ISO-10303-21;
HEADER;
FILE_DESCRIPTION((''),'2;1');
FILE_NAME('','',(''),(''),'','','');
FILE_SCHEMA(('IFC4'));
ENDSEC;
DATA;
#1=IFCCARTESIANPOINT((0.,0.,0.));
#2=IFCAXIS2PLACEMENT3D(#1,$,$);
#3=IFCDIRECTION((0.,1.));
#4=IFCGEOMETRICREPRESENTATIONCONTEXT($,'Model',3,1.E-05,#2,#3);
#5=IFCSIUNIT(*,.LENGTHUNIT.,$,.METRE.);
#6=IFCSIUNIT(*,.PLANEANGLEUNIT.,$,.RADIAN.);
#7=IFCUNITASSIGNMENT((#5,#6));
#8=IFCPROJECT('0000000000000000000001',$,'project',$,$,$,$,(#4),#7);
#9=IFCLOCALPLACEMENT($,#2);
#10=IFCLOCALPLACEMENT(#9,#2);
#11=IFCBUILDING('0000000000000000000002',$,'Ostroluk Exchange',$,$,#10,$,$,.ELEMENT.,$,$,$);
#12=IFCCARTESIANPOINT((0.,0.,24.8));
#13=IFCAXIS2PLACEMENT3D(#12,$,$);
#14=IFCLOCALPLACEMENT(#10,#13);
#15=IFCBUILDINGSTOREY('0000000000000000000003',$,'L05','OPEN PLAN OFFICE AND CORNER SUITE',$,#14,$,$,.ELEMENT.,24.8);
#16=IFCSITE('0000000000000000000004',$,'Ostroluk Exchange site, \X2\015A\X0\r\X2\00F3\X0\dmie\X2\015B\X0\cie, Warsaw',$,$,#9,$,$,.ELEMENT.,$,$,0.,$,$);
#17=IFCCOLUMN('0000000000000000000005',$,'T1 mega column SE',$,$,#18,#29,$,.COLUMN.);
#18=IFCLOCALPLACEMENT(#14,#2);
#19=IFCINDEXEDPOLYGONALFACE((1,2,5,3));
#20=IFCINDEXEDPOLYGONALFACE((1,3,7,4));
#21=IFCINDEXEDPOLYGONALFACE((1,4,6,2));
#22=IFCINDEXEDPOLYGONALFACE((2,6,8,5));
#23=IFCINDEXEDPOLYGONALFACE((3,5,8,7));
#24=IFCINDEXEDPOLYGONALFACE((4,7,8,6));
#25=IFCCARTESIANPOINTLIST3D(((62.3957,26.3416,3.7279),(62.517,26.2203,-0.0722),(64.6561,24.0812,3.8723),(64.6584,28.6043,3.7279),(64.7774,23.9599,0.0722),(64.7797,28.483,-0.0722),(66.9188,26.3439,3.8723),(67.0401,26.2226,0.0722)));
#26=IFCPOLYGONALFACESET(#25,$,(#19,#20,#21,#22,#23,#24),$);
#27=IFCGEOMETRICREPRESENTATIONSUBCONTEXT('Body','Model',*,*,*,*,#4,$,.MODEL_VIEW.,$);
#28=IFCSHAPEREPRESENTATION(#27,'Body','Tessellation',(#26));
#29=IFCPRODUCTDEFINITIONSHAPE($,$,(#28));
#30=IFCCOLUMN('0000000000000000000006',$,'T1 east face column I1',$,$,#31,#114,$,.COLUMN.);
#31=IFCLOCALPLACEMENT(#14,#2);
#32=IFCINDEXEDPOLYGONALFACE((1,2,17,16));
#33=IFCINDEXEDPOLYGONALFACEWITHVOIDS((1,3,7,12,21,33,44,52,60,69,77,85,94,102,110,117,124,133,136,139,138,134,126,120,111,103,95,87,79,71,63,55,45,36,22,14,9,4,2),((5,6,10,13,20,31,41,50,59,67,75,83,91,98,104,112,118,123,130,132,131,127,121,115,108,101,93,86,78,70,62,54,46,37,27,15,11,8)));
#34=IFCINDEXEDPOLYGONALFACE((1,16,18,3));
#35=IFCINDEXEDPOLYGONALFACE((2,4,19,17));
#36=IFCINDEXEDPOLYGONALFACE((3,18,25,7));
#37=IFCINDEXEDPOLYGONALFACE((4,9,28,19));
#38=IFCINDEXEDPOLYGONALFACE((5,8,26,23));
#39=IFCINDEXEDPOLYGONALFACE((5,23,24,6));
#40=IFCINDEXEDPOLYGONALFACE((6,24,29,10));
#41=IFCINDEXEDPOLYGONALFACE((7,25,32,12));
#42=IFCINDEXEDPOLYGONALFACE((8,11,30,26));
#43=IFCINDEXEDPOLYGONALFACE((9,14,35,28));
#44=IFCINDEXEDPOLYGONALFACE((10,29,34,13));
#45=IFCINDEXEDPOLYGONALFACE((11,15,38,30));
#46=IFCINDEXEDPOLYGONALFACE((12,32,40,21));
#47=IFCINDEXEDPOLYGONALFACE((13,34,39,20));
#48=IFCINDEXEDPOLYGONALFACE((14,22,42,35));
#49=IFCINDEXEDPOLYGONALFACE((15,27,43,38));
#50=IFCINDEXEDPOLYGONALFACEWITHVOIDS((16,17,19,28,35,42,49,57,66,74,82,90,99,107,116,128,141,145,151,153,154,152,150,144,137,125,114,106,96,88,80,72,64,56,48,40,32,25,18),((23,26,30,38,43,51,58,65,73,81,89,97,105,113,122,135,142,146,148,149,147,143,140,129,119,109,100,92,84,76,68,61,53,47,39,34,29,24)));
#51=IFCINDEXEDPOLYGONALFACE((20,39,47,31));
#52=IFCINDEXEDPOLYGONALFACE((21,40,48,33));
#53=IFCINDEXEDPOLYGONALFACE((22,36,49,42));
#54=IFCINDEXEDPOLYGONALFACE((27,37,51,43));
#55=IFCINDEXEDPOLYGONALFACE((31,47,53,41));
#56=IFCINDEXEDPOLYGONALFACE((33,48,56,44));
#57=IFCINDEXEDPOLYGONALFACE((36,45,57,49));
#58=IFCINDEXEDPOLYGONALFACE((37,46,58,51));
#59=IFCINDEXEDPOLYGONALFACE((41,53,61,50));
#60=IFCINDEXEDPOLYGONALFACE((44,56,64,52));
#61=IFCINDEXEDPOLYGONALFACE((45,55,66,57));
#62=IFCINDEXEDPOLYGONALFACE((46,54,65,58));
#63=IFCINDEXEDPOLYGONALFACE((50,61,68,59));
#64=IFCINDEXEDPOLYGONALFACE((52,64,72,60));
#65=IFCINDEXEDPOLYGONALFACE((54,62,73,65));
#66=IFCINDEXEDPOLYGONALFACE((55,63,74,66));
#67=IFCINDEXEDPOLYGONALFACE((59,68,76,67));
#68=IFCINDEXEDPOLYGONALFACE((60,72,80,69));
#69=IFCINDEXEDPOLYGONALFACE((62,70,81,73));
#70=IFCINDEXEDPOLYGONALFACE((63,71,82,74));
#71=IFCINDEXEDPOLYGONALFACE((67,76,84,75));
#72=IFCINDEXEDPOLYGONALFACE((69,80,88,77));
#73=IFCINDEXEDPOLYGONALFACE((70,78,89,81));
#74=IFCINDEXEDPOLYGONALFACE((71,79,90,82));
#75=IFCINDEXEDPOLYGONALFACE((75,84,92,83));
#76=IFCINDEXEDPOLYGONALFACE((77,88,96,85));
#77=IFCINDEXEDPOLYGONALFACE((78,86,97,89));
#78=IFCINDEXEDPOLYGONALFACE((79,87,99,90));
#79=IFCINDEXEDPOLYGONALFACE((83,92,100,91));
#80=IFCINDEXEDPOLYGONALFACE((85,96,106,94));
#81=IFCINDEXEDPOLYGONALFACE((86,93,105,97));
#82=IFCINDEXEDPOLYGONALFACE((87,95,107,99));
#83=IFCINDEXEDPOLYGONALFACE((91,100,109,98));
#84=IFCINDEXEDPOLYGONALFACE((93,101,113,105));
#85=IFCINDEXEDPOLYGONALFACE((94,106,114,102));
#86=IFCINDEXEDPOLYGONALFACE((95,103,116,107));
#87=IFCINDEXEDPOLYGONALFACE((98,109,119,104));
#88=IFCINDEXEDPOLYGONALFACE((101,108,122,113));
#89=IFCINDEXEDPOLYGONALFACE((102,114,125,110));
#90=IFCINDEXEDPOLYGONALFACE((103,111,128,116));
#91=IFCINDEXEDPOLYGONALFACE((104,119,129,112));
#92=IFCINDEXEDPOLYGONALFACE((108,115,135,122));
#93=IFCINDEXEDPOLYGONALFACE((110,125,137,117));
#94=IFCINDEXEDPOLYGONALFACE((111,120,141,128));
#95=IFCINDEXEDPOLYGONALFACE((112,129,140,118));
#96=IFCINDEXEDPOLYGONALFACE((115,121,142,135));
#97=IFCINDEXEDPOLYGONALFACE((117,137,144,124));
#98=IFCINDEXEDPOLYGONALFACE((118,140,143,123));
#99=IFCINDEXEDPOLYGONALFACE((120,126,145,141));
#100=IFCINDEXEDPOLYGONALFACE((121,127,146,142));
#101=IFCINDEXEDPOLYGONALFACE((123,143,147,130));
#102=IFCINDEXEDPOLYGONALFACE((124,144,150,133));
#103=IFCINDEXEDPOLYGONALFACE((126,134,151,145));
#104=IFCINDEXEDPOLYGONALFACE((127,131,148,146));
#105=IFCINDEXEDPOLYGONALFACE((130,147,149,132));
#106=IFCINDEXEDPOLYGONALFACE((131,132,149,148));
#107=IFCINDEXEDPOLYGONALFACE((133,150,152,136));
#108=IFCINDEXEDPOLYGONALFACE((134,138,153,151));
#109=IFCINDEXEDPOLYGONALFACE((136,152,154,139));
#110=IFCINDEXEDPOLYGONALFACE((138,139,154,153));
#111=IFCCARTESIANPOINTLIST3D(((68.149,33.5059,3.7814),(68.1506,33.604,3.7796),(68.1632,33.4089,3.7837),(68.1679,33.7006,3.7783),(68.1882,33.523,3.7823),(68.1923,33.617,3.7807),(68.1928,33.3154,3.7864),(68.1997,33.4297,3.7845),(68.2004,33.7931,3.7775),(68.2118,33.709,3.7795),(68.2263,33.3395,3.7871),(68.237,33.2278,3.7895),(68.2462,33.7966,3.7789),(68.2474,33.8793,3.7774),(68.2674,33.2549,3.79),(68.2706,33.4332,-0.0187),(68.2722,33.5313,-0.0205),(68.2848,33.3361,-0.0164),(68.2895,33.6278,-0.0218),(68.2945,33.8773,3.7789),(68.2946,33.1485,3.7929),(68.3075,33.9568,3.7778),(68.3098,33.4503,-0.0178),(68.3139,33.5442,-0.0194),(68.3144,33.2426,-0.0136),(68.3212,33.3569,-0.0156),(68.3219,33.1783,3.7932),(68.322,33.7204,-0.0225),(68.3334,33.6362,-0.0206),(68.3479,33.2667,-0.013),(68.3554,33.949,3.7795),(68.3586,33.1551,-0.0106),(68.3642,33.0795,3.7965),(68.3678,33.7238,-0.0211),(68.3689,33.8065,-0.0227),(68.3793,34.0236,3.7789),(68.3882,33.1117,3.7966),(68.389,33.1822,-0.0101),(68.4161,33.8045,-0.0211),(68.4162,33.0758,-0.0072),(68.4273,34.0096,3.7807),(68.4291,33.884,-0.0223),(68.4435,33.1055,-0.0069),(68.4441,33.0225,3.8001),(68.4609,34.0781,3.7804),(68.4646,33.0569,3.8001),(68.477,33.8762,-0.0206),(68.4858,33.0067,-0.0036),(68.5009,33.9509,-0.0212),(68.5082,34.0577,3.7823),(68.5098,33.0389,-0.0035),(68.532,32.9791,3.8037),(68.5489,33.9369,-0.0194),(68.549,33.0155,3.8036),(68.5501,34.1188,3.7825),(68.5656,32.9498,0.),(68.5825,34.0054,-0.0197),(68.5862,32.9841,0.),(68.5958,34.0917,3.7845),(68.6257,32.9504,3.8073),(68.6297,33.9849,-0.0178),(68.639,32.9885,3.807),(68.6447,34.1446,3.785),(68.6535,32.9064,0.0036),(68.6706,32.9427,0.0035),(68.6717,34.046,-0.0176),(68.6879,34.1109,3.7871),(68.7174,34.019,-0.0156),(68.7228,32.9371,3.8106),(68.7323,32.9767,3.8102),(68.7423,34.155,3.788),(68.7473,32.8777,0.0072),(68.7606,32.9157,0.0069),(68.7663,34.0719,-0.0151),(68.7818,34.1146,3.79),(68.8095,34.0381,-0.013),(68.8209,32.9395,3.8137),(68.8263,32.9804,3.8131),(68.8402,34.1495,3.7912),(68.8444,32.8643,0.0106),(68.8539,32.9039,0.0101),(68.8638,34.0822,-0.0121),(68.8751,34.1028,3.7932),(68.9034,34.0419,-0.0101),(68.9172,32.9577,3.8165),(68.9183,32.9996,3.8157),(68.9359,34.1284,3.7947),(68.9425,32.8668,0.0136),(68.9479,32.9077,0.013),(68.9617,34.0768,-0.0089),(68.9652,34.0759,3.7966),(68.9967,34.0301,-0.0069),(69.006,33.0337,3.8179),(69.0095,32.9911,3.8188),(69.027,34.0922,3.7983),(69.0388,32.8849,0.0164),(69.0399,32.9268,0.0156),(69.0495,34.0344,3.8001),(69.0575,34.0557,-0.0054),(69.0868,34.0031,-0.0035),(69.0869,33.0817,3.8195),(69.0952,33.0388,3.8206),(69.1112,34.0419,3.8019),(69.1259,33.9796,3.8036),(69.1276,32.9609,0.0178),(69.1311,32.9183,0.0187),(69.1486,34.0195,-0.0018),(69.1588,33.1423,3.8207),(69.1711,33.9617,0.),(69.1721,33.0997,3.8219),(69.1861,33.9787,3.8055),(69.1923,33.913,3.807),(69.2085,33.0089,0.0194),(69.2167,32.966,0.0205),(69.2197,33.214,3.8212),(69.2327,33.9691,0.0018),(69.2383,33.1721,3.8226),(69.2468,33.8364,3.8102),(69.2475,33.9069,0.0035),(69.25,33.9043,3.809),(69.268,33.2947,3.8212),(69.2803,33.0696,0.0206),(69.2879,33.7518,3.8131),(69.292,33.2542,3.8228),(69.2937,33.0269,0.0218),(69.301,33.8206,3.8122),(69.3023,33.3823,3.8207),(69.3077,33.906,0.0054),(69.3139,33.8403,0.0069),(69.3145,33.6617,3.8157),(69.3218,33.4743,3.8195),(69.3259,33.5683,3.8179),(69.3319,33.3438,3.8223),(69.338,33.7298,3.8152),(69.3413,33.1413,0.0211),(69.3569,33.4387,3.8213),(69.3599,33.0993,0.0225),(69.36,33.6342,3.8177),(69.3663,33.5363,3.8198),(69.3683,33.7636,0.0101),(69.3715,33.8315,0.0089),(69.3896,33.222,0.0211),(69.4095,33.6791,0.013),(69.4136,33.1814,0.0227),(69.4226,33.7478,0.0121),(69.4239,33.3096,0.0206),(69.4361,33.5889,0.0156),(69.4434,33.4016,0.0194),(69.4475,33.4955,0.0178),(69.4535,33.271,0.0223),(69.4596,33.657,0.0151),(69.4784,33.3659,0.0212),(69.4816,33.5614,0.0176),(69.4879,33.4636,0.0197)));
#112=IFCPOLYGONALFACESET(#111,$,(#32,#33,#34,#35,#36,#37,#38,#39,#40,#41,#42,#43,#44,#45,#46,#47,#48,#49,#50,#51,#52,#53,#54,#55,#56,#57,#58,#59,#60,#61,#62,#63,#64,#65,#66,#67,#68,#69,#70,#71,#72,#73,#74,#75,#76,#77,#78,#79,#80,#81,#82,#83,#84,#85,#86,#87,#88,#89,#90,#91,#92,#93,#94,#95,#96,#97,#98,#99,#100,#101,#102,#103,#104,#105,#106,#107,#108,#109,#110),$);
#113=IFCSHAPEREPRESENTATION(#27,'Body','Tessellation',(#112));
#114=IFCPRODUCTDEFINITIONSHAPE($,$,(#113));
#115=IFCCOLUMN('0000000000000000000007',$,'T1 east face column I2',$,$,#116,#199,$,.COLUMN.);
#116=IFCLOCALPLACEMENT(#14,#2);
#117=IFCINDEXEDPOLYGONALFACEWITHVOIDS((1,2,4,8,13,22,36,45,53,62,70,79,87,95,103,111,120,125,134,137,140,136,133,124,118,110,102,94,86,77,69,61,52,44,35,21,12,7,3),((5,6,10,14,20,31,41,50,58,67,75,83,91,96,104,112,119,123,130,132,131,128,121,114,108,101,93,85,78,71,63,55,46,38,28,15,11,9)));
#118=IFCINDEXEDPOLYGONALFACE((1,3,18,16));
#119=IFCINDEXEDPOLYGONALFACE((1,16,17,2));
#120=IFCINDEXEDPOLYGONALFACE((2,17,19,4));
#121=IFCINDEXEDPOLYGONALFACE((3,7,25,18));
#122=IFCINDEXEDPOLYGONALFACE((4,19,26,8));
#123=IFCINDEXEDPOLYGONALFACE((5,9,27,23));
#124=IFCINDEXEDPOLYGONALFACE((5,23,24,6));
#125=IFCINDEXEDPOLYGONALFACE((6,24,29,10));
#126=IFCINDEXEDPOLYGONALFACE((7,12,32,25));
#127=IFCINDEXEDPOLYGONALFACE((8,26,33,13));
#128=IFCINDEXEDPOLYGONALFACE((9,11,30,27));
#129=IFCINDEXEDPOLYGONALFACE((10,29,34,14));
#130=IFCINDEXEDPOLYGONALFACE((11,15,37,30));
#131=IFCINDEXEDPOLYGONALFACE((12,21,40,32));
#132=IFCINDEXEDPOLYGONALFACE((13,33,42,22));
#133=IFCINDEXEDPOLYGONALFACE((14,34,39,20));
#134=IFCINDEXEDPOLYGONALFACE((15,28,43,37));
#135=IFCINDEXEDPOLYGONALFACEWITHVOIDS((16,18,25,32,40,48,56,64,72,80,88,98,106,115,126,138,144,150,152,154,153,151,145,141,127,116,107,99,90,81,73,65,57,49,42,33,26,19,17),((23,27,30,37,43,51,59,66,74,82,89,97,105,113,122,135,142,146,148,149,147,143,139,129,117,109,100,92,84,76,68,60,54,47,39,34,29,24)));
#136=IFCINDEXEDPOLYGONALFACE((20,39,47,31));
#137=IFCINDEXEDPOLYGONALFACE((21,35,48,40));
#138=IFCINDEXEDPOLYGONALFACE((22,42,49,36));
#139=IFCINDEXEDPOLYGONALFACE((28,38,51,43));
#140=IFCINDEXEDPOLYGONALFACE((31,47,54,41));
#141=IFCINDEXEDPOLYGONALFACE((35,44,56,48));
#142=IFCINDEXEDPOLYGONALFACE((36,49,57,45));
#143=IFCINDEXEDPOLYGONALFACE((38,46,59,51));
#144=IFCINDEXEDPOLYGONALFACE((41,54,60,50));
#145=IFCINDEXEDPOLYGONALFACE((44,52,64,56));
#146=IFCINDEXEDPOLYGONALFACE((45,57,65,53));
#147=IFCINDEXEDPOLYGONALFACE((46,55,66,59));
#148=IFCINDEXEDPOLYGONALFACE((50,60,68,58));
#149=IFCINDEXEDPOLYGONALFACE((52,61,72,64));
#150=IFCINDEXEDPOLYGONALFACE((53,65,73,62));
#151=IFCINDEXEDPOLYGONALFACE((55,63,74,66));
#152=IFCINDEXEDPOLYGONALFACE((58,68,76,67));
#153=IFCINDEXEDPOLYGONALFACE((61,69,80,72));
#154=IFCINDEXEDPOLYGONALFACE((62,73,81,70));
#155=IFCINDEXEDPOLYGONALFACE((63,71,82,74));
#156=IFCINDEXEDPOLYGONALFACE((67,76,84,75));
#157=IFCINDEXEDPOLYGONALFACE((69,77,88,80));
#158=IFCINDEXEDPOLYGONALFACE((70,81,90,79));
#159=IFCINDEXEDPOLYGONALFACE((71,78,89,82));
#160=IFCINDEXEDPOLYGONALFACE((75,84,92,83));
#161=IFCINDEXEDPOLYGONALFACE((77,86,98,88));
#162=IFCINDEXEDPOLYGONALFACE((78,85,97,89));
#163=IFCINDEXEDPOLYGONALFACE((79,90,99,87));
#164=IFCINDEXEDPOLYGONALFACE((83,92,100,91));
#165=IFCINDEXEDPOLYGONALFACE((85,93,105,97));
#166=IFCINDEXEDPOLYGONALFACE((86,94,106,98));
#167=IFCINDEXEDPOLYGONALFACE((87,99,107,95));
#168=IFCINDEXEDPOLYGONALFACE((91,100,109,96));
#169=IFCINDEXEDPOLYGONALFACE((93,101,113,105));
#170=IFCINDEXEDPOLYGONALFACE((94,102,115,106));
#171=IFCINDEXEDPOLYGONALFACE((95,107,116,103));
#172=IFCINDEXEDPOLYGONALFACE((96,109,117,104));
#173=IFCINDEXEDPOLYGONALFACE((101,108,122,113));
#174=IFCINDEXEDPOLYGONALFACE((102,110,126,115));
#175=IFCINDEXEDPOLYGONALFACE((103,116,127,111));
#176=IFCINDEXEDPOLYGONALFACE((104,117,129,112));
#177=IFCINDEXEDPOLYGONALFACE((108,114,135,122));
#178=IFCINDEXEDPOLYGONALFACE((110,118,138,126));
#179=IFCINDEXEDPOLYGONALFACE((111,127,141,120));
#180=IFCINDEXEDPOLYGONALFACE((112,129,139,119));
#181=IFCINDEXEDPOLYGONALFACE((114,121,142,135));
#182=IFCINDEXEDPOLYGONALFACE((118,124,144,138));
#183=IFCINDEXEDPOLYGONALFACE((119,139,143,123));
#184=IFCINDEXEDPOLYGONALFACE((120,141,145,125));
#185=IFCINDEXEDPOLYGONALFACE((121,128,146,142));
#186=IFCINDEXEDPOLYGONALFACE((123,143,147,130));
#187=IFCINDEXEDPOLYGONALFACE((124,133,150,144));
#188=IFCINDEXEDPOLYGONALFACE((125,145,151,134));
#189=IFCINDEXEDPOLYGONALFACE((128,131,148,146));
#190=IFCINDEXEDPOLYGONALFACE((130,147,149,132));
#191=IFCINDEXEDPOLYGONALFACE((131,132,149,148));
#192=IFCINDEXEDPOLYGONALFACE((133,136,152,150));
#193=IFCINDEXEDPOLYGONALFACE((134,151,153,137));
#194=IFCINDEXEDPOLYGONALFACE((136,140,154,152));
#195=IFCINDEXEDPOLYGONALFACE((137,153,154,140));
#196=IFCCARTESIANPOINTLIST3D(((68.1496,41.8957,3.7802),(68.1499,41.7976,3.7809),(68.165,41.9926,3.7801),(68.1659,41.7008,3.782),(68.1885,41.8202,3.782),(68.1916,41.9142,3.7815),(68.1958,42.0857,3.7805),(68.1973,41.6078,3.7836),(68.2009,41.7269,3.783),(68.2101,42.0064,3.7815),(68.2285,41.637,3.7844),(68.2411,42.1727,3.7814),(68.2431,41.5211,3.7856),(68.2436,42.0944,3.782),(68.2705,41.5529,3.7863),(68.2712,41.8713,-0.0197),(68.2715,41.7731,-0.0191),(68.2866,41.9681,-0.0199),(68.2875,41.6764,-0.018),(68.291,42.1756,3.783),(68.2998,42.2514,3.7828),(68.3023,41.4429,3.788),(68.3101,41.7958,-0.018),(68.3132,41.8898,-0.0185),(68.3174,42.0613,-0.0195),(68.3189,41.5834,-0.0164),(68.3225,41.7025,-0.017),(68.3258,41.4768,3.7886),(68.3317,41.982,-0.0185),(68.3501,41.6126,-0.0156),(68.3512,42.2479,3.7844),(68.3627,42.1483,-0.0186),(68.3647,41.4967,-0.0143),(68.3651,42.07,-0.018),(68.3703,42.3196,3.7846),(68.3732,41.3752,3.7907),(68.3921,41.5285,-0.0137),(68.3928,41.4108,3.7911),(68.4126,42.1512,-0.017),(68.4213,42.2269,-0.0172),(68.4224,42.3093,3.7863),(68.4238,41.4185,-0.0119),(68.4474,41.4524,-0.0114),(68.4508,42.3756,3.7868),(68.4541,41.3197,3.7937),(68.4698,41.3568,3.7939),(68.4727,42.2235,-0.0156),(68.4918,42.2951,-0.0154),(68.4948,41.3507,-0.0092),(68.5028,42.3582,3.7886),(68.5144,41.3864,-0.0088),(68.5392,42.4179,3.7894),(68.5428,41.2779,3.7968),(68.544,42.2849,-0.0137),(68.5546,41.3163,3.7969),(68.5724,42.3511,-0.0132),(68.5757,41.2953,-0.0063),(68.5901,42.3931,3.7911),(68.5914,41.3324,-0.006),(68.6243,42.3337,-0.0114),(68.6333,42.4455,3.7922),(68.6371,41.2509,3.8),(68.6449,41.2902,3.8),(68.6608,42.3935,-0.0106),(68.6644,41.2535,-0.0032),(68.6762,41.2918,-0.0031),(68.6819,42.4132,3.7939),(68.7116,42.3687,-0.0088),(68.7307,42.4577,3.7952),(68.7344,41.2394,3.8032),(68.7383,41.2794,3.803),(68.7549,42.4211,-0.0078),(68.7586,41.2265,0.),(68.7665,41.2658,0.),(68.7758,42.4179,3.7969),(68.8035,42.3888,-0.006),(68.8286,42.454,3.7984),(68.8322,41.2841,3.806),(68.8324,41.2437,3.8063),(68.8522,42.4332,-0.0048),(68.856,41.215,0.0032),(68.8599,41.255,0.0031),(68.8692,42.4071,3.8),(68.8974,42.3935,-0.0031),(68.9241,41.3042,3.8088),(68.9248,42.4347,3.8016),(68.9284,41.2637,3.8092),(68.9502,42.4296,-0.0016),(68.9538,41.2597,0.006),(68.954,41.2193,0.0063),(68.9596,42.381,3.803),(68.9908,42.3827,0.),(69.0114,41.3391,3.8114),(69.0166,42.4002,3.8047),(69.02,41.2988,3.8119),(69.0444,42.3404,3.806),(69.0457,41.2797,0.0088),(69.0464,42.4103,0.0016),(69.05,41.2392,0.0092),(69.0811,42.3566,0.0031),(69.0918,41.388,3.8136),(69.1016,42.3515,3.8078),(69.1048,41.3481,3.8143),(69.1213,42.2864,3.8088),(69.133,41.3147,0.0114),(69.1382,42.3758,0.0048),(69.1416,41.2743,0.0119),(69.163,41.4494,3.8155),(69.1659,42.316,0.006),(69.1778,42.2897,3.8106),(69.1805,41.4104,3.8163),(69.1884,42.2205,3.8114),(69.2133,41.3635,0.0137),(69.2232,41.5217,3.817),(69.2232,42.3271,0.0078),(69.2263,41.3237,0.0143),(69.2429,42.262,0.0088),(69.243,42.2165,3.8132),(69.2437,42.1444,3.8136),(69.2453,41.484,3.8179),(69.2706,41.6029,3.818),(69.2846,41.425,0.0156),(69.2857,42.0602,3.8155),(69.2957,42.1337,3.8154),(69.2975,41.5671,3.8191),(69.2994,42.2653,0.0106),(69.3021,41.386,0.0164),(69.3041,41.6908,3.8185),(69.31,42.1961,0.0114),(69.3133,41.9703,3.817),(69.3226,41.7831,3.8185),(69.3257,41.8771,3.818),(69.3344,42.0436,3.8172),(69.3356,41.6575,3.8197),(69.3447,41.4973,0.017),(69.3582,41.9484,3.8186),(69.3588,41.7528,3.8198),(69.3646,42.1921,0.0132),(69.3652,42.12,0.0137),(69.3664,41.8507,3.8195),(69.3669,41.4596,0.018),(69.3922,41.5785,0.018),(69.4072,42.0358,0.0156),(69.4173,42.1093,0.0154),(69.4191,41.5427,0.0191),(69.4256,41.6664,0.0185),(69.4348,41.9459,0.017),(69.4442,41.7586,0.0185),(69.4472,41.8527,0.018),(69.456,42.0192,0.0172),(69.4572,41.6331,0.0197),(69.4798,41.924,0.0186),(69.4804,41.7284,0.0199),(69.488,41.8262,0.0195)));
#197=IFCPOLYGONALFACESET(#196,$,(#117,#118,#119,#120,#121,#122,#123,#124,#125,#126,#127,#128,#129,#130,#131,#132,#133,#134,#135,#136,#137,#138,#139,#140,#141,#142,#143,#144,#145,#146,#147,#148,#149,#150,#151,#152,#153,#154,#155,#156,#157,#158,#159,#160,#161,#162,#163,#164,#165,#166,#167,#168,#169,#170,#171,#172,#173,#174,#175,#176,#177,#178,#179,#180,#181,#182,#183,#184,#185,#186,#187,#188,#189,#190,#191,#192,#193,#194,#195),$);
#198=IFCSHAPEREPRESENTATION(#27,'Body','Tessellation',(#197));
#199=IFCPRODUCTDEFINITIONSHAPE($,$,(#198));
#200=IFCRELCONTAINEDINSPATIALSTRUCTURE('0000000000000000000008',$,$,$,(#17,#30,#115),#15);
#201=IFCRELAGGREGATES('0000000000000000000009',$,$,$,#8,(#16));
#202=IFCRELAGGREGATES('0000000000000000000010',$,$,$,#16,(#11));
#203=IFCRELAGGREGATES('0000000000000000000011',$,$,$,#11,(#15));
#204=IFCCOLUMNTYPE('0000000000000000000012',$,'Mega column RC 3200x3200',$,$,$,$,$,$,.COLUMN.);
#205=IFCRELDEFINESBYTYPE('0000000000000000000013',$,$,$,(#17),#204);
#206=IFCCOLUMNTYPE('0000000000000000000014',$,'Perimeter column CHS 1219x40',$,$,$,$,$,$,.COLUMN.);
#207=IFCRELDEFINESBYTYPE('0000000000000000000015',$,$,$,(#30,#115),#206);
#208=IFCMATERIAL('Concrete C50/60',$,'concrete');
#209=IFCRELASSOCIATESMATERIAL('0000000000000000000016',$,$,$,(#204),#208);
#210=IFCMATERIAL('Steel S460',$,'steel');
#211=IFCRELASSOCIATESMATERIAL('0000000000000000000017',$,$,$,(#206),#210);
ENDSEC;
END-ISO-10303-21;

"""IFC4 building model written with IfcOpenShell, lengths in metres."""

from ifc_helpers import new_model, si_unit, direction, frame, origin, origin_2d, place, context, subcontext, project, spatial, rectangle, hollow_circle, extrude, material, material_profile, profile_set, type_object, element, save


model = new_model("IFC4")

# Units and contexts
model_context = context("Model", 3, precision=1e-05, world=origin(), true_north=direction((0.0, 1.0)))
body_context = subcontext(model_context, "Body", "Model", "MODEL_VIEW")
ifc_project = project(units=[si_unit("LENGTHUNIT", "METRE"), si_unit("PLANEANGLEUNIT", "RADIAN")], contexts=[model_context])

# Site, building, storey
site_placement = place(None, origin())
site = spatial("IfcSite", under=ifc_project, at=site_placement, Name="Ostroluk Exchange site, Śródmieście, Warsaw", CompositionType="ELEMENT", RefElevation=0.0)
building_placement = place(site_placement, origin())
building = spatial("IfcBuilding", under=site, at=building_placement, Name="Ostroluk Exchange", CompositionType="ELEMENT")
storey_placement = place(building_placement, frame((0.0, 0.0, 24.8)))
storey = spatial("IfcBuildingStorey", under=building, at=storey_placement, Name="L05", Description="OPEN PLAN OFFICE AND CORNER SUITE", CompositionType="ELEMENT", Elevation=24.8)

# Columns
ifc_material_1 = material(Name="Concrete C50/60", Category="concrete")
ifc_material_profile_1 = material_profile(ifc_material_1, rectangle(XDim=3.2, YDim=3.2, at=origin_2d()), Name="RC 3200x3200")
ifc_profile_set_1 = profile_set([ifc_material_profile_1], Name="Concrete C50/60")
column_type_1 = type_object("IfcColumnType", Name="Mega column RC 3200x3200", PredefinedType="COLUMN", material=ifc_profile_set_1)
column_1_placement = place(storey_placement, frame((64.7786, 26.2214, 0.0), z_axis=(-0.031898, 0.031898, 0.998982), x_axis=(-0.707107, -0.707107, 0.0)))
element("IfcColumn", 1, at=column_1_placement, inside=storey, type_object=column_type_1, Name="T1 mega column SE", PredefinedType="COLUMN", context=body_context, shape_type="SweptSolid", body=[
    extrude(rectangle(XDim=3.2, YDim=3.2, at=origin_2d()), origin(), (0.0, 0.0, 1.0), 3.804),
])
ifc_material_2 = material(Name="Steel S460", Category="steel")
ifc_material_profile_2 = material_profile(ifc_material_2, hollow_circle(Radius=0.6096, WallThickness=0.04, at=origin_2d()), Name="CHS 1219x40")
ifc_profile_set_2 = profile_set([ifc_material_profile_2], Name="Steel S460")
column_type_2 = type_object("IfcColumnType", Name="Perimeter column CHS 1219x40", PredefinedType="COLUMN", material=ifc_profile_set_2)
column_2_placement = place(storey_placement, frame((68.8787, 33.4729, 0.0), z_axis=(-0.031973, 0.019132, 0.999306), x_axis=(-0.513482, -0.8581, 0.0)))
element("IfcColumn", 2, at=column_2_placement, inside=storey, type_object=column_type_2, Name="T1 east face column I1", PredefinedType="COLUMN", context=body_context, shape_type="SweptSolid", body=[
    extrude(hollow_circle(Radius=0.6096, WallThickness=0.04, at=origin_2d()), origin(), (0.0, 0.0, 1.0), 3.8027),
])
column_3_placement = place(storey_placement, frame((68.8787, 41.8242, 0.0), z_axis=(-0.031978, 0.006421, 0.999468), x_axis=(-0.196873, -0.980429, 0.0)))
element("IfcColumn", 3, at=column_3_placement, inside=storey, type_object=column_type_2, Name="T1 east face column I2", PredefinedType="COLUMN", context=body_context, shape_type="SweptSolid", body=[
    extrude(hollow_circle(Radius=0.6096, WallThickness=0.04, at=origin_2d()), origin(), (0.0, 0.0, 1.0), 3.802),
])

save(model, "model.ifc")
